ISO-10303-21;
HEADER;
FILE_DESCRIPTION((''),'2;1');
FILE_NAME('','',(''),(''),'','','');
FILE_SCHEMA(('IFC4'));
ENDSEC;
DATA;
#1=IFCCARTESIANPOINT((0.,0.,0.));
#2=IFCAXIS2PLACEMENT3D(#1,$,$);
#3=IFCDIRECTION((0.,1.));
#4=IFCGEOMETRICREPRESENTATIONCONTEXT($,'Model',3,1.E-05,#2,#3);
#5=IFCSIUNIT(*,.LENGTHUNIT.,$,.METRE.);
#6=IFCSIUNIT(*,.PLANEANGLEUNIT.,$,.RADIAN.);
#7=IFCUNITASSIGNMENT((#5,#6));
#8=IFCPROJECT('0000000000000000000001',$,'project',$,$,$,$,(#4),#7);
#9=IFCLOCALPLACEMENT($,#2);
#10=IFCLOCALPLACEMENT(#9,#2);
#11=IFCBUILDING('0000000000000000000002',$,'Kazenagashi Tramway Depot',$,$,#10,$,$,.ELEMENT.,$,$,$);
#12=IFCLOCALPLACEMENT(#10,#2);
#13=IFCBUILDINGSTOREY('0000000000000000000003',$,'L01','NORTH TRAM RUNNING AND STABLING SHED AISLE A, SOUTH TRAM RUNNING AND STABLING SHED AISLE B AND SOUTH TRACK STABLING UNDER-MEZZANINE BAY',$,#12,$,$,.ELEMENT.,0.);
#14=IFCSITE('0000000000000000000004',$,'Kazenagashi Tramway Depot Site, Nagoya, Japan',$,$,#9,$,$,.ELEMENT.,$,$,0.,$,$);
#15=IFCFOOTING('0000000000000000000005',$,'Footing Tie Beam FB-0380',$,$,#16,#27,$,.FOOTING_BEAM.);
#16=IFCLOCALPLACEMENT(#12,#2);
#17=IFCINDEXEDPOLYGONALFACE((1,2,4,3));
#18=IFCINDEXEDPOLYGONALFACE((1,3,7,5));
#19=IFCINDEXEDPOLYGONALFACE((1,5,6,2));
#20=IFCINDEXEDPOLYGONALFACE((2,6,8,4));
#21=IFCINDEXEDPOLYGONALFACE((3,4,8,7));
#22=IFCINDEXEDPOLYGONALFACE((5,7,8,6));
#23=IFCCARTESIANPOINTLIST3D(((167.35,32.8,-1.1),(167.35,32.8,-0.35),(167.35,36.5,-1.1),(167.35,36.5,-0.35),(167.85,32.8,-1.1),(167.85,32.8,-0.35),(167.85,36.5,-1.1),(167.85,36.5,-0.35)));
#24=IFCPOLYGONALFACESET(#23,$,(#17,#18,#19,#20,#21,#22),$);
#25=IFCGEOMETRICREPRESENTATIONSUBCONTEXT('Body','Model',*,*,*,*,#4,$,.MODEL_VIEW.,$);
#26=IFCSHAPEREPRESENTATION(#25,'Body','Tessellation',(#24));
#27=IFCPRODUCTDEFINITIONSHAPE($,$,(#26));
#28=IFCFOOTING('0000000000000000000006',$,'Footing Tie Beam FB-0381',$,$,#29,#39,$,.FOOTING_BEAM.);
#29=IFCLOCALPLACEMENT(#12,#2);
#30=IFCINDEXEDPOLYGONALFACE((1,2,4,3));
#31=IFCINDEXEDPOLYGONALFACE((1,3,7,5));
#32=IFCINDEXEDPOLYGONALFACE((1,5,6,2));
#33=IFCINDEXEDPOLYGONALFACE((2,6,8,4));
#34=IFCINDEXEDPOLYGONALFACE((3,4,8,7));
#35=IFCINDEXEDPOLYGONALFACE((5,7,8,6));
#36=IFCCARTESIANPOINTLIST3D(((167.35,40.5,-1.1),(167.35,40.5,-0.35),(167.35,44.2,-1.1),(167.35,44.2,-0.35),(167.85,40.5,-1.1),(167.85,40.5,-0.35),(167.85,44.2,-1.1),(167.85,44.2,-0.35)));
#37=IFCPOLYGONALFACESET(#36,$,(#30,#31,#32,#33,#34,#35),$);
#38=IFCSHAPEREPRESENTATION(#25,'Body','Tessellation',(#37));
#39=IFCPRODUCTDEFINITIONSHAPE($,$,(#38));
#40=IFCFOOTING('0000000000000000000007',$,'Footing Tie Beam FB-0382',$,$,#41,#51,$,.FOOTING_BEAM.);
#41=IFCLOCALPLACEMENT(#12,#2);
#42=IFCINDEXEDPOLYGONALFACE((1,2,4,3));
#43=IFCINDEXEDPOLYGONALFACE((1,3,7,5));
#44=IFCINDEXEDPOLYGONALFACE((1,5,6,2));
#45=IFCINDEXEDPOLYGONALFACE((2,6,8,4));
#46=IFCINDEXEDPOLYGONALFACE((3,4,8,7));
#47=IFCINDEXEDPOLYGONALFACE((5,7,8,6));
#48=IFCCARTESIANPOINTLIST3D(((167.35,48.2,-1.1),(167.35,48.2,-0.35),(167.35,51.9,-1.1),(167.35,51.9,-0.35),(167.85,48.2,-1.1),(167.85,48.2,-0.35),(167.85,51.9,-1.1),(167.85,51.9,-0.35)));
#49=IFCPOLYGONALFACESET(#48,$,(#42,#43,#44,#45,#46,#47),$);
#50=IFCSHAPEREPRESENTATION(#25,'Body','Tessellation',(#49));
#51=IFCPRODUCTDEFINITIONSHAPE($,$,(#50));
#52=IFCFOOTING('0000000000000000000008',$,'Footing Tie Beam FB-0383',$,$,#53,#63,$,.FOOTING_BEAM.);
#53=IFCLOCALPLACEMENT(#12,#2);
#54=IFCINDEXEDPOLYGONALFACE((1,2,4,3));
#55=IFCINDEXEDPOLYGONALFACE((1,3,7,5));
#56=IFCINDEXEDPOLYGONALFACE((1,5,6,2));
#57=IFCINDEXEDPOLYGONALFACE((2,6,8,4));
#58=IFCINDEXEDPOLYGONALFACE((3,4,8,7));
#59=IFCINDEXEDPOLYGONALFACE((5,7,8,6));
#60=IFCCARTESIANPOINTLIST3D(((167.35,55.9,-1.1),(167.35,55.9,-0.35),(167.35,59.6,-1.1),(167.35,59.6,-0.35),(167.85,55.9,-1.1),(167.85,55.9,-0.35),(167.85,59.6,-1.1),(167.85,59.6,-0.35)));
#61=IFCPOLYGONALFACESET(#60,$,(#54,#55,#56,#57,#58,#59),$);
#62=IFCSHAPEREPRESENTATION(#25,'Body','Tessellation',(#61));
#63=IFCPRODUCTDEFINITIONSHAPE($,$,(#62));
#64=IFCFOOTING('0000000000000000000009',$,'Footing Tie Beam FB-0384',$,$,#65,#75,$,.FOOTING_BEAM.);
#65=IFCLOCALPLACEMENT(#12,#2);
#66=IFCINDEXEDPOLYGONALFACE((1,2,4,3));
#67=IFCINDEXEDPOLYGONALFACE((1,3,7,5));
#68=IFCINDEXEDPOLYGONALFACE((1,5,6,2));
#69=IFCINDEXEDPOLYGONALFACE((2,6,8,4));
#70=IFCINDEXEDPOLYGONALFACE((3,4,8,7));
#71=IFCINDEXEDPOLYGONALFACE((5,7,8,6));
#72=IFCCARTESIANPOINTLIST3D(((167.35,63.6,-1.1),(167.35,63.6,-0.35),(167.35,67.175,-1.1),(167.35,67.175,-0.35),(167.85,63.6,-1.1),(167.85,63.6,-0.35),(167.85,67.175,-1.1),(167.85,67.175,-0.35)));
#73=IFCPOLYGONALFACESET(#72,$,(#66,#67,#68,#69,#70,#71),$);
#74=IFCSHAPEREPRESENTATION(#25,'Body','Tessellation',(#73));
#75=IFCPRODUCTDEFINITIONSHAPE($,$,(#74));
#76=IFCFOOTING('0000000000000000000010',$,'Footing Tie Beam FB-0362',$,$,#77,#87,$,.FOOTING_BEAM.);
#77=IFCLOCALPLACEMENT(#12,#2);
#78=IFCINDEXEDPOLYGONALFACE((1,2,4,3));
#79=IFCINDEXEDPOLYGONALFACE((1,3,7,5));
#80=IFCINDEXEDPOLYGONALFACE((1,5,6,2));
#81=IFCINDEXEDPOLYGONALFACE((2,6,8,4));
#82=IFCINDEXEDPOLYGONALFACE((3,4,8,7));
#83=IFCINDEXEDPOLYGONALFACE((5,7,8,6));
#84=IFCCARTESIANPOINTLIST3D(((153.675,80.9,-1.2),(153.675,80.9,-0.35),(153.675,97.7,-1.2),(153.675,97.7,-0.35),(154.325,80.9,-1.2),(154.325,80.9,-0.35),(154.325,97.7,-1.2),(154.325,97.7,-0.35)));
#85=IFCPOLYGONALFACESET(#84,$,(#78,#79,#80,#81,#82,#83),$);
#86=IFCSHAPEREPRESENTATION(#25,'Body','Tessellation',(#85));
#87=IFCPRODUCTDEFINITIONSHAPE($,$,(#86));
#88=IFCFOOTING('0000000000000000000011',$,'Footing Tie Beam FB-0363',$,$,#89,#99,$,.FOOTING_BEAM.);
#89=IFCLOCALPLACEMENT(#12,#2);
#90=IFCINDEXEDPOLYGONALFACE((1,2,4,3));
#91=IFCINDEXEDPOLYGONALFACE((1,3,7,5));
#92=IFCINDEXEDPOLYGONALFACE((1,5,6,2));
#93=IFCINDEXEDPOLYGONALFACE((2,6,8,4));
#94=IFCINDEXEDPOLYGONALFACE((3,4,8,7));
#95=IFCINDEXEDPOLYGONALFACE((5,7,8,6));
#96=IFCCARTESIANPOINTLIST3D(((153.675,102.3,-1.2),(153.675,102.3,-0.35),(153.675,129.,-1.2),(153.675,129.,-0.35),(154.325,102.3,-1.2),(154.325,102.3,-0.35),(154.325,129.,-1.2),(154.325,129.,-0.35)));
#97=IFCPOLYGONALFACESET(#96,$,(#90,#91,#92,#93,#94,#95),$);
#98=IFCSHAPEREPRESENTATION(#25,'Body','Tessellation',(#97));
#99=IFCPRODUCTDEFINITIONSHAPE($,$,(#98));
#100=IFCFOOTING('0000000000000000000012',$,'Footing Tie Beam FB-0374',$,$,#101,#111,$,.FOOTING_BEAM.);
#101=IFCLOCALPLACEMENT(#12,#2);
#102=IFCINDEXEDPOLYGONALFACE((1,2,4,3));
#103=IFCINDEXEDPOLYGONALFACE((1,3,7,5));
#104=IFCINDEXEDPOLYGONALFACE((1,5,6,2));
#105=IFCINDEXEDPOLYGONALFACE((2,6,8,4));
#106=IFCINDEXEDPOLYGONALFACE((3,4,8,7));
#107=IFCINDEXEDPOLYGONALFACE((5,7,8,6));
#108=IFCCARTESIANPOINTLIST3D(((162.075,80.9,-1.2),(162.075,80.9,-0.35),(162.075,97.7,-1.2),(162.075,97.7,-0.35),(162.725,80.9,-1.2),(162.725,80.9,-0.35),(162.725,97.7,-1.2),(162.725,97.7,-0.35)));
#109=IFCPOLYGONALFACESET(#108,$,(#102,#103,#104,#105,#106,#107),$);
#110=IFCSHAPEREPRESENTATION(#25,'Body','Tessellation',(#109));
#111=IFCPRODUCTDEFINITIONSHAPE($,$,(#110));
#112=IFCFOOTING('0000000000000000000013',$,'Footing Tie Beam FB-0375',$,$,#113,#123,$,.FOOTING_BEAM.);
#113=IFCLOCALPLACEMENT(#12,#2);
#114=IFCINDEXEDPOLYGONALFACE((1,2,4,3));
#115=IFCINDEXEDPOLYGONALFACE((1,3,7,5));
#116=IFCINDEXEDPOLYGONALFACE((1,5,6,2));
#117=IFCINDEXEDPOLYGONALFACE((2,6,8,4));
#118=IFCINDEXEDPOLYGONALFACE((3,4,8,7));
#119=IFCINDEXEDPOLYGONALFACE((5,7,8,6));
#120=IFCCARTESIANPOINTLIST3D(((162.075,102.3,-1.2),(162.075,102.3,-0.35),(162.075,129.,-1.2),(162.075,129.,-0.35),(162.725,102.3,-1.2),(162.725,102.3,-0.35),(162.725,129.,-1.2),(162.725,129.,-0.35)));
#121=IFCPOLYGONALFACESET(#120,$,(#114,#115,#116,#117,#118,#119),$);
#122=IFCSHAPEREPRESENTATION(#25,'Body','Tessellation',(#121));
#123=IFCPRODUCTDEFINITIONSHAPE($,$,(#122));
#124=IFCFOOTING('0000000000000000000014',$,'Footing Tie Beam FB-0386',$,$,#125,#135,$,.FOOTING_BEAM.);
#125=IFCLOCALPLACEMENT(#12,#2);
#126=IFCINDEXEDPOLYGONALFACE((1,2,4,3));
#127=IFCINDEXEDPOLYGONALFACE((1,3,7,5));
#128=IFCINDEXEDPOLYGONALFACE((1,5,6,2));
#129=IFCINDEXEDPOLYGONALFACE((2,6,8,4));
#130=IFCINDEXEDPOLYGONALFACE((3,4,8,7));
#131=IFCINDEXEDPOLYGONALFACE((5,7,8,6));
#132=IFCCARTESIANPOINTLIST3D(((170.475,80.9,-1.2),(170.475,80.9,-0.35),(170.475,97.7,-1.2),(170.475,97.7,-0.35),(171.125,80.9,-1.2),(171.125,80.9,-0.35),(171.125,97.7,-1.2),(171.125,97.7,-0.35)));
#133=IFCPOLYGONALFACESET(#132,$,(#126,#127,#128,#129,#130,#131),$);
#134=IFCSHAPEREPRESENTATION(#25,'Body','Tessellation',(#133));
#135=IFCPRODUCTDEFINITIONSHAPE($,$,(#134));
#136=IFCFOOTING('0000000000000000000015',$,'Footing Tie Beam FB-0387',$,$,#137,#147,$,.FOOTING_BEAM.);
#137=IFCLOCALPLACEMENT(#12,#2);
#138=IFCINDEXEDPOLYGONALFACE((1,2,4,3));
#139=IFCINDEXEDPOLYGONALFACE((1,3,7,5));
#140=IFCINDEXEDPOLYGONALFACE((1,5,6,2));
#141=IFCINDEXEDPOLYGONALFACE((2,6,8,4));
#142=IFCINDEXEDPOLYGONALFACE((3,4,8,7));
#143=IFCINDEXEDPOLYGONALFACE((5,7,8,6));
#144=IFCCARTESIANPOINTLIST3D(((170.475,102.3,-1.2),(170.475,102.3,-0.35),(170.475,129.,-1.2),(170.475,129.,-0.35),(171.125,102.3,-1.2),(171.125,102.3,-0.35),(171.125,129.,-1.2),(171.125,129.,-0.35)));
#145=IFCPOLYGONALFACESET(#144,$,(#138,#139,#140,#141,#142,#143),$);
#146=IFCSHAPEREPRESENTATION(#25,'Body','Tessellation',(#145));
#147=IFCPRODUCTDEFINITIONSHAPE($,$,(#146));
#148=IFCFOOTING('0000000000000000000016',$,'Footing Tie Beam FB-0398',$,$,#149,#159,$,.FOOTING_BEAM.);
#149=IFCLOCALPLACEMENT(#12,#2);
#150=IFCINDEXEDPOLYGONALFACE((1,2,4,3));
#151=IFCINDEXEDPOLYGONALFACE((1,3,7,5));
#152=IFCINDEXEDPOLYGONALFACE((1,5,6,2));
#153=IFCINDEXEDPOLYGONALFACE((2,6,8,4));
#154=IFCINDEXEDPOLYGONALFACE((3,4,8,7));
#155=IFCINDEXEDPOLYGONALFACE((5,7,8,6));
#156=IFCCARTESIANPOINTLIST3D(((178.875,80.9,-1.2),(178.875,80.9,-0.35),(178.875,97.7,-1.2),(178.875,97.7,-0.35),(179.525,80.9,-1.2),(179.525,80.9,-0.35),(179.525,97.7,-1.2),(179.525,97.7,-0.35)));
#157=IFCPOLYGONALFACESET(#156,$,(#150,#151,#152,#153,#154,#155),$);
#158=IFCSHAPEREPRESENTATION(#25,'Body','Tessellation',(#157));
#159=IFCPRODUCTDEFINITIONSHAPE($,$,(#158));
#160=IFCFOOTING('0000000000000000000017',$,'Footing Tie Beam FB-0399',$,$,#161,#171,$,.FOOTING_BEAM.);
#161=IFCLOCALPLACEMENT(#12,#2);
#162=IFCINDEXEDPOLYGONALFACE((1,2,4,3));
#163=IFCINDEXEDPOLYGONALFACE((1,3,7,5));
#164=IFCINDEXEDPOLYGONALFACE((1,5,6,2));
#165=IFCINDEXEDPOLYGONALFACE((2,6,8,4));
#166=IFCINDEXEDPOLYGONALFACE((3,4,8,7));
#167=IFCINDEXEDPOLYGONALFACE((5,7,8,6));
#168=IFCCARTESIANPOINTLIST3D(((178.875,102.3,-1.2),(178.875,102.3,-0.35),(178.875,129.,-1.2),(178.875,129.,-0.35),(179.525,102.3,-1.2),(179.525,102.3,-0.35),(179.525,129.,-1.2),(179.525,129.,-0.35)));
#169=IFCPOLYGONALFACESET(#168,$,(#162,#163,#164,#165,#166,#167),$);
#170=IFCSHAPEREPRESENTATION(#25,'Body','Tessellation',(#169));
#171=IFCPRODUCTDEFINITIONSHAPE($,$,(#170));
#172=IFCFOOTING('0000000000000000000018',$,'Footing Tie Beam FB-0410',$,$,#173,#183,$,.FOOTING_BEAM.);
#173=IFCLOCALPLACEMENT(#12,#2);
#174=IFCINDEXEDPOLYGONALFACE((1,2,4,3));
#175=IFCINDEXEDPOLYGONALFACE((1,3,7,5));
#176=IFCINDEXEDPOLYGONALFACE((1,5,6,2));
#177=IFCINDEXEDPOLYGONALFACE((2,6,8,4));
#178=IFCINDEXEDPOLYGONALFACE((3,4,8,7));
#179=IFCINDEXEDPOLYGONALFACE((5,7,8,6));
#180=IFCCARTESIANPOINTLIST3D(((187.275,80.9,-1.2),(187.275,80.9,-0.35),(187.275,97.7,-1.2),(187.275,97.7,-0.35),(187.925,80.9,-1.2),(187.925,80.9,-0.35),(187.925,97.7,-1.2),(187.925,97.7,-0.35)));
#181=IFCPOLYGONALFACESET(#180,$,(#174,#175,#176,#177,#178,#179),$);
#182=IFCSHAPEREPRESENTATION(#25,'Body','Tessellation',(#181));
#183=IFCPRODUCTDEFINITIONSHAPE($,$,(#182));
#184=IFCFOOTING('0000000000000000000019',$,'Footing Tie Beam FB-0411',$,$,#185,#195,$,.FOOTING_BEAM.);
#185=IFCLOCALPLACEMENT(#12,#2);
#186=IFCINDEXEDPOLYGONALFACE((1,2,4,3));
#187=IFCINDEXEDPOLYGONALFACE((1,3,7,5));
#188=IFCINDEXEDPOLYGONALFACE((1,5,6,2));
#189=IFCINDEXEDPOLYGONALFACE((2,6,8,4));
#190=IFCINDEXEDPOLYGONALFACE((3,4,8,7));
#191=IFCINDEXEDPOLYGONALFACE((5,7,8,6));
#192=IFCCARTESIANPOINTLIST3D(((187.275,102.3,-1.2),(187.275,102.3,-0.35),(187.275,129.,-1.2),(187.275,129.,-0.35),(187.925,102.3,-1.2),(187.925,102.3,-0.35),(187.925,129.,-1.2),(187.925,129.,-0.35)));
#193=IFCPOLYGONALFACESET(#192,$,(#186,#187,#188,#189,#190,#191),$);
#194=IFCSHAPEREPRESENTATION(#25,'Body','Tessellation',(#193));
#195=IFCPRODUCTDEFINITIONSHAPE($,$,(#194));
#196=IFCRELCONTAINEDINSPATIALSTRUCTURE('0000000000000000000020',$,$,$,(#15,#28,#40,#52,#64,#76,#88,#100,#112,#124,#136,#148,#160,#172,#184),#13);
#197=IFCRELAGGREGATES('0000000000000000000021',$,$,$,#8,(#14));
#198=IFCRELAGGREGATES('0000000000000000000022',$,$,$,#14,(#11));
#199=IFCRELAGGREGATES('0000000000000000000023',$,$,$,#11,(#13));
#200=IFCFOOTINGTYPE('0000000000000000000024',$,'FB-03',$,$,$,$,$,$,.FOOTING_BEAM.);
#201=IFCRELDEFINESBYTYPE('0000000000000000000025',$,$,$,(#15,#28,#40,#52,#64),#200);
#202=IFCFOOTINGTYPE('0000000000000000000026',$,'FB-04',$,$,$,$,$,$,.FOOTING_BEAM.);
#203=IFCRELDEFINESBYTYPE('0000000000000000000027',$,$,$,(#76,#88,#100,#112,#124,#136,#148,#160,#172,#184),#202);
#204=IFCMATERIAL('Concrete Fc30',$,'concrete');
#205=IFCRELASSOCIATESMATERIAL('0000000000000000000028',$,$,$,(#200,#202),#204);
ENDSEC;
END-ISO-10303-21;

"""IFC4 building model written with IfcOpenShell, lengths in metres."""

from ifc_helpers import new_model, si_unit, direction, frame, origin, place, context, subcontext, project, spatial, polyline, outline, extrude, material, type_object, element, save


model = new_model("IFC4")

# Units and contexts
model_context = context("Model", 3, precision=1e-05, world=origin(), true_north=direction((0.0, 1.0)))
body_context = subcontext(model_context, "Body", "Model", "MODEL_VIEW")
ifc_project = project(units=[si_unit("LENGTHUNIT", "METRE"), si_unit("PLANEANGLEUNIT", "RADIAN")], contexts=[model_context])

# Site, building, storey
site_placement = place(None, origin())
site = spatial("IfcSite", under=ifc_project, at=site_placement, Name="Kazenagashi Tramway Depot Site, Nagoya, Japan", CompositionType="ELEMENT", RefElevation=0.0)
building_placement = place(site_placement, origin())
building = spatial("IfcBuilding", under=site, at=building_placement, Name="Kazenagashi Tramway Depot", CompositionType="ELEMENT")
storey_placement = place(building_placement, origin())
storey = spatial("IfcBuildingStorey", under=building, at=storey_placement, Name="L01", Description="NORTH TRAM RUNNING AND STABLING SHED AISLE A, SOUTH TRAM RUNNING AND STABLING SHED AISLE B AND SOUTH TRACK STABLING UNDER-MEZZANINE BAY", CompositionType="ELEMENT", Elevation=0.0)

# Footings
ifc_material = material(Name="Concrete Fc30", Category="concrete")
footing_type_1 = type_object("IfcFootingType", Name="FB-03", PredefinedType="FOOTING_BEAM", material=ifc_material)
footing_1_placement = place(storey_placement, frame((0.0, 0.0, -1.1)))
element("IfcFooting", 1, at=footing_1_placement, inside=storey, type_object=footing_type_1, Name="Footing Tie Beam FB-0380", PredefinedType="FOOTING_BEAM", context=body_context, shape_type="SweptSolid", body=[
    extrude(outline(polyline([(167.35, 32.8), (167.85, 32.8), (167.85, 36.5), (167.35, 36.5), (167.35, 32.8)])), origin(), (0.0, 0.0, 1.0), 0.75),
])
footing_2_placement = place(storey_placement, frame((0.0, 0.0, -1.1)))
element("IfcFooting", 2, at=footing_2_placement, inside=storey, type_object=footing_type_1, Name="Footing Tie Beam FB-0381", PredefinedType="FOOTING_BEAM", context=body_context, shape_type="SweptSolid", body=[
    extrude(outline(polyline([(167.35, 40.5), (167.85, 40.5), (167.85, 44.2), (167.35, 44.2), (167.35, 40.5)])), origin(), (0.0, 0.0, 1.0), 0.75),
])
footing_3_placement = place(storey_placement, frame((0.0, 0.0, -1.1)))
element("IfcFooting", 3, at=footing_3_placement, inside=storey, type_object=footing_type_1, Name="Footing Tie Beam FB-0382", PredefinedType="FOOTING_BEAM", context=body_context, shape_type="SweptSolid", body=[
    extrude(outline(polyline([(167.35, 48.2), (167.85, 48.2), (167.85, 51.9), (167.35, 51.9), (167.35, 48.2)])), origin(), (0.0, 0.0, 1.0), 0.75),
])
footing_4_placement = place(storey_placement, frame((0.0, 0.0, -1.1)))
element("IfcFooting", 4, at=footing_4_placement, inside=storey, type_object=footing_type_1, Name="Footing Tie Beam FB-0383", PredefinedType="FOOTING_BEAM", context=body_context, shape_type="SweptSolid", body=[
    extrude(outline(polyline([(167.35, 55.9), (167.85, 55.9), (167.85, 59.6), (167.35, 59.6), (167.35, 55.9)])), origin(), (0.0, 0.0, 1.0), 0.75),
])
footing_5_placement = place(storey_placement, frame((0.0, 0.0, -1.1)))
element("IfcFooting", 5, at=footing_5_placement, inside=storey, type_object=footing_type_1, Name="Footing Tie Beam FB-0384", PredefinedType="FOOTING_BEAM", context=body_context, shape_type="SweptSolid", body=[
    extrude(outline(polyline([(167.35, 63.6), (167.85, 63.6), (167.85, 67.175), (167.35, 67.175), (167.35, 63.6)])), origin(), (0.0, 0.0, 1.0), 0.75),
])
footing_type_2 = type_object("IfcFootingType", Name="FB-04", PredefinedType="FOOTING_BEAM", material=ifc_material)
footing_6_placement = place(storey_placement, frame((0.0, 0.0, -1.2)))
element("IfcFooting", 6, at=footing_6_placement, inside=storey, type_object=footing_type_2, Name="Footing Tie Beam FB-0362", PredefinedType="FOOTING_BEAM", context=body_context, shape_type="SweptSolid", body=[
    extrude(outline(polyline([(153.675, 80.9), (154.325, 80.9), (154.325, 97.7), (153.675, 97.7), (153.675, 80.9)])), origin(), (0.0, 0.0, 1.0), 0.85),
])
footing_7_placement = place(storey_placement, frame((0.0, 0.0, -1.2)))
element("IfcFooting", 7, at=footing_7_placement, inside=storey, type_object=footing_type_2, Name="Footing Tie Beam FB-0363", PredefinedType="FOOTING_BEAM", context=body_context, shape_type="SweptSolid", body=[
    extrude(outline(polyline([(153.675, 102.3), (154.325, 102.3), (154.325, 129.0), (153.675, 129.0), (153.675, 102.3)])), origin(), (0.0, 0.0, 1.0), 0.85),
])
footing_8_placement = place(storey_placement, frame((0.0, 0.0, -1.2)))
element("IfcFooting", 8, at=footing_8_placement, inside=storey, type_object=footing_type_2, Name="Footing Tie Beam FB-0374", PredefinedType="FOOTING_BEAM", context=body_context, shape_type="SweptSolid", body=[
    extrude(outline(polyline([(162.075, 80.9), (162.725, 80.9), (162.725, 97.7), (162.075, 97.7), (162.075, 80.9)])), origin(), (0.0, 0.0, 1.0), 0.85),
])
footing_9_placement = place(storey_placement, frame((0.0, 0.0, -1.2)))
element("IfcFooting", 9, at=footing_9_placement, inside=storey, type_object=footing_type_2, Name="Footing Tie Beam FB-0375", PredefinedType="FOOTING_BEAM", context=body_context, shape_type="SweptSolid", body=[
    extrude(outline(polyline([(162.075, 102.3), (162.725, 102.3), (162.725, 129.0), (162.075, 129.0), (162.075, 102.3)])), origin(), (0.0, 0.0, 1.0), 0.85),
])
footing_10_placement = place(storey_placement, frame((0.0, 0.0, -1.2)))
element("IfcFooting", 10, at=footing_10_placement, inside=storey, type_object=footing_type_2, Name="Footing Tie Beam FB-0386", PredefinedType="FOOTING_BEAM", context=body_context, shape_type="SweptSolid", body=[
    extrude(outline(polyline([(170.475, 80.9), (171.125, 80.9), (171.125, 97.7), (170.475, 97.7), (170.475, 80.9)])), origin(), (0.0, 0.0, 1.0), 0.85),
])
footing_11_placement = place(storey_placement, frame((0.0, 0.0, -1.2)))
element("IfcFooting", 11, at=footing_11_placement, inside=storey, type_object=footing_type_2, Name="Footing Tie Beam FB-0387", PredefinedType="FOOTING_BEAM", context=body_context, shape_type="SweptSolid", body=[
    extrude(outline(polyline([(170.475, 102.3), (171.125, 102.3), (171.125, 129.0), (170.475, 129.0), (170.475, 102.3)])), origin(), (0.0, 0.0, 1.0), 0.85),
])
footing_12_placement = place(storey_placement, frame((0.0, 0.0, -1.2)))
element("IfcFooting", 12, at=footing_12_placement, inside=storey, type_object=footing_type_2, Name="Footing Tie Beam FB-0398", PredefinedType="FOOTING_BEAM", context=body_context, shape_type="SweptSolid", body=[
    extrude(outline(polyline([(178.875, 80.9), (179.525, 80.9), (179.525, 97.7), (178.875, 97.7), (178.875, 80.9)])), origin(), (0.0, 0.0, 1.0), 0.85),
])
footing_13_placement = place(storey_placement, frame((0.0, 0.0, -1.2)))
element("IfcFooting", 13, at=footing_13_placement, inside=storey, type_object=footing_type_2, Name="Footing Tie Beam FB-0399", PredefinedType="FOOTING_BEAM", context=body_context, shape_type="SweptSolid", body=[
    extrude(outline(polyline([(178.875, 102.3), (179.525, 102.3), (179.525, 129.0), (178.875, 129.0), (178.875, 102.3)])), origin(), (0.0, 0.0, 1.0), 0.85),
])
footing_14_placement = place(storey_placement, frame((0.0, 0.0, -1.2)))
element("IfcFooting", 14, at=footing_14_placement, inside=storey, type_object=footing_type_2, Name="Footing Tie Beam FB-0410", PredefinedType="FOOTING_BEAM", context=body_context, shape_type="SweptSolid", body=[
    extrude(outline(polyline([(187.275, 80.9), (187.925, 80.9), (187.925, 97.7), (187.275, 97.7), (187.275, 80.9)])), origin(), (0.0, 0.0, 1.0), 0.85),
])
footing_15_placement = place(storey_placement, frame((0.0, 0.0, -1.2)))
element("IfcFooting", 15, at=footing_15_placement, inside=storey, type_object=footing_type_2, Name="Footing Tie Beam FB-0411", PredefinedType="FOOTING_BEAM", context=body_context, shape_type="SweptSolid", body=[
    extrude(outline(polyline([(187.275, 102.3), (187.925, 102.3), (187.925, 129.0), (187.275, 129.0), (187.275, 102.3)])), origin(), (0.0, 0.0, 1.0), 0.85),
])

save(model, "model.ifc")
